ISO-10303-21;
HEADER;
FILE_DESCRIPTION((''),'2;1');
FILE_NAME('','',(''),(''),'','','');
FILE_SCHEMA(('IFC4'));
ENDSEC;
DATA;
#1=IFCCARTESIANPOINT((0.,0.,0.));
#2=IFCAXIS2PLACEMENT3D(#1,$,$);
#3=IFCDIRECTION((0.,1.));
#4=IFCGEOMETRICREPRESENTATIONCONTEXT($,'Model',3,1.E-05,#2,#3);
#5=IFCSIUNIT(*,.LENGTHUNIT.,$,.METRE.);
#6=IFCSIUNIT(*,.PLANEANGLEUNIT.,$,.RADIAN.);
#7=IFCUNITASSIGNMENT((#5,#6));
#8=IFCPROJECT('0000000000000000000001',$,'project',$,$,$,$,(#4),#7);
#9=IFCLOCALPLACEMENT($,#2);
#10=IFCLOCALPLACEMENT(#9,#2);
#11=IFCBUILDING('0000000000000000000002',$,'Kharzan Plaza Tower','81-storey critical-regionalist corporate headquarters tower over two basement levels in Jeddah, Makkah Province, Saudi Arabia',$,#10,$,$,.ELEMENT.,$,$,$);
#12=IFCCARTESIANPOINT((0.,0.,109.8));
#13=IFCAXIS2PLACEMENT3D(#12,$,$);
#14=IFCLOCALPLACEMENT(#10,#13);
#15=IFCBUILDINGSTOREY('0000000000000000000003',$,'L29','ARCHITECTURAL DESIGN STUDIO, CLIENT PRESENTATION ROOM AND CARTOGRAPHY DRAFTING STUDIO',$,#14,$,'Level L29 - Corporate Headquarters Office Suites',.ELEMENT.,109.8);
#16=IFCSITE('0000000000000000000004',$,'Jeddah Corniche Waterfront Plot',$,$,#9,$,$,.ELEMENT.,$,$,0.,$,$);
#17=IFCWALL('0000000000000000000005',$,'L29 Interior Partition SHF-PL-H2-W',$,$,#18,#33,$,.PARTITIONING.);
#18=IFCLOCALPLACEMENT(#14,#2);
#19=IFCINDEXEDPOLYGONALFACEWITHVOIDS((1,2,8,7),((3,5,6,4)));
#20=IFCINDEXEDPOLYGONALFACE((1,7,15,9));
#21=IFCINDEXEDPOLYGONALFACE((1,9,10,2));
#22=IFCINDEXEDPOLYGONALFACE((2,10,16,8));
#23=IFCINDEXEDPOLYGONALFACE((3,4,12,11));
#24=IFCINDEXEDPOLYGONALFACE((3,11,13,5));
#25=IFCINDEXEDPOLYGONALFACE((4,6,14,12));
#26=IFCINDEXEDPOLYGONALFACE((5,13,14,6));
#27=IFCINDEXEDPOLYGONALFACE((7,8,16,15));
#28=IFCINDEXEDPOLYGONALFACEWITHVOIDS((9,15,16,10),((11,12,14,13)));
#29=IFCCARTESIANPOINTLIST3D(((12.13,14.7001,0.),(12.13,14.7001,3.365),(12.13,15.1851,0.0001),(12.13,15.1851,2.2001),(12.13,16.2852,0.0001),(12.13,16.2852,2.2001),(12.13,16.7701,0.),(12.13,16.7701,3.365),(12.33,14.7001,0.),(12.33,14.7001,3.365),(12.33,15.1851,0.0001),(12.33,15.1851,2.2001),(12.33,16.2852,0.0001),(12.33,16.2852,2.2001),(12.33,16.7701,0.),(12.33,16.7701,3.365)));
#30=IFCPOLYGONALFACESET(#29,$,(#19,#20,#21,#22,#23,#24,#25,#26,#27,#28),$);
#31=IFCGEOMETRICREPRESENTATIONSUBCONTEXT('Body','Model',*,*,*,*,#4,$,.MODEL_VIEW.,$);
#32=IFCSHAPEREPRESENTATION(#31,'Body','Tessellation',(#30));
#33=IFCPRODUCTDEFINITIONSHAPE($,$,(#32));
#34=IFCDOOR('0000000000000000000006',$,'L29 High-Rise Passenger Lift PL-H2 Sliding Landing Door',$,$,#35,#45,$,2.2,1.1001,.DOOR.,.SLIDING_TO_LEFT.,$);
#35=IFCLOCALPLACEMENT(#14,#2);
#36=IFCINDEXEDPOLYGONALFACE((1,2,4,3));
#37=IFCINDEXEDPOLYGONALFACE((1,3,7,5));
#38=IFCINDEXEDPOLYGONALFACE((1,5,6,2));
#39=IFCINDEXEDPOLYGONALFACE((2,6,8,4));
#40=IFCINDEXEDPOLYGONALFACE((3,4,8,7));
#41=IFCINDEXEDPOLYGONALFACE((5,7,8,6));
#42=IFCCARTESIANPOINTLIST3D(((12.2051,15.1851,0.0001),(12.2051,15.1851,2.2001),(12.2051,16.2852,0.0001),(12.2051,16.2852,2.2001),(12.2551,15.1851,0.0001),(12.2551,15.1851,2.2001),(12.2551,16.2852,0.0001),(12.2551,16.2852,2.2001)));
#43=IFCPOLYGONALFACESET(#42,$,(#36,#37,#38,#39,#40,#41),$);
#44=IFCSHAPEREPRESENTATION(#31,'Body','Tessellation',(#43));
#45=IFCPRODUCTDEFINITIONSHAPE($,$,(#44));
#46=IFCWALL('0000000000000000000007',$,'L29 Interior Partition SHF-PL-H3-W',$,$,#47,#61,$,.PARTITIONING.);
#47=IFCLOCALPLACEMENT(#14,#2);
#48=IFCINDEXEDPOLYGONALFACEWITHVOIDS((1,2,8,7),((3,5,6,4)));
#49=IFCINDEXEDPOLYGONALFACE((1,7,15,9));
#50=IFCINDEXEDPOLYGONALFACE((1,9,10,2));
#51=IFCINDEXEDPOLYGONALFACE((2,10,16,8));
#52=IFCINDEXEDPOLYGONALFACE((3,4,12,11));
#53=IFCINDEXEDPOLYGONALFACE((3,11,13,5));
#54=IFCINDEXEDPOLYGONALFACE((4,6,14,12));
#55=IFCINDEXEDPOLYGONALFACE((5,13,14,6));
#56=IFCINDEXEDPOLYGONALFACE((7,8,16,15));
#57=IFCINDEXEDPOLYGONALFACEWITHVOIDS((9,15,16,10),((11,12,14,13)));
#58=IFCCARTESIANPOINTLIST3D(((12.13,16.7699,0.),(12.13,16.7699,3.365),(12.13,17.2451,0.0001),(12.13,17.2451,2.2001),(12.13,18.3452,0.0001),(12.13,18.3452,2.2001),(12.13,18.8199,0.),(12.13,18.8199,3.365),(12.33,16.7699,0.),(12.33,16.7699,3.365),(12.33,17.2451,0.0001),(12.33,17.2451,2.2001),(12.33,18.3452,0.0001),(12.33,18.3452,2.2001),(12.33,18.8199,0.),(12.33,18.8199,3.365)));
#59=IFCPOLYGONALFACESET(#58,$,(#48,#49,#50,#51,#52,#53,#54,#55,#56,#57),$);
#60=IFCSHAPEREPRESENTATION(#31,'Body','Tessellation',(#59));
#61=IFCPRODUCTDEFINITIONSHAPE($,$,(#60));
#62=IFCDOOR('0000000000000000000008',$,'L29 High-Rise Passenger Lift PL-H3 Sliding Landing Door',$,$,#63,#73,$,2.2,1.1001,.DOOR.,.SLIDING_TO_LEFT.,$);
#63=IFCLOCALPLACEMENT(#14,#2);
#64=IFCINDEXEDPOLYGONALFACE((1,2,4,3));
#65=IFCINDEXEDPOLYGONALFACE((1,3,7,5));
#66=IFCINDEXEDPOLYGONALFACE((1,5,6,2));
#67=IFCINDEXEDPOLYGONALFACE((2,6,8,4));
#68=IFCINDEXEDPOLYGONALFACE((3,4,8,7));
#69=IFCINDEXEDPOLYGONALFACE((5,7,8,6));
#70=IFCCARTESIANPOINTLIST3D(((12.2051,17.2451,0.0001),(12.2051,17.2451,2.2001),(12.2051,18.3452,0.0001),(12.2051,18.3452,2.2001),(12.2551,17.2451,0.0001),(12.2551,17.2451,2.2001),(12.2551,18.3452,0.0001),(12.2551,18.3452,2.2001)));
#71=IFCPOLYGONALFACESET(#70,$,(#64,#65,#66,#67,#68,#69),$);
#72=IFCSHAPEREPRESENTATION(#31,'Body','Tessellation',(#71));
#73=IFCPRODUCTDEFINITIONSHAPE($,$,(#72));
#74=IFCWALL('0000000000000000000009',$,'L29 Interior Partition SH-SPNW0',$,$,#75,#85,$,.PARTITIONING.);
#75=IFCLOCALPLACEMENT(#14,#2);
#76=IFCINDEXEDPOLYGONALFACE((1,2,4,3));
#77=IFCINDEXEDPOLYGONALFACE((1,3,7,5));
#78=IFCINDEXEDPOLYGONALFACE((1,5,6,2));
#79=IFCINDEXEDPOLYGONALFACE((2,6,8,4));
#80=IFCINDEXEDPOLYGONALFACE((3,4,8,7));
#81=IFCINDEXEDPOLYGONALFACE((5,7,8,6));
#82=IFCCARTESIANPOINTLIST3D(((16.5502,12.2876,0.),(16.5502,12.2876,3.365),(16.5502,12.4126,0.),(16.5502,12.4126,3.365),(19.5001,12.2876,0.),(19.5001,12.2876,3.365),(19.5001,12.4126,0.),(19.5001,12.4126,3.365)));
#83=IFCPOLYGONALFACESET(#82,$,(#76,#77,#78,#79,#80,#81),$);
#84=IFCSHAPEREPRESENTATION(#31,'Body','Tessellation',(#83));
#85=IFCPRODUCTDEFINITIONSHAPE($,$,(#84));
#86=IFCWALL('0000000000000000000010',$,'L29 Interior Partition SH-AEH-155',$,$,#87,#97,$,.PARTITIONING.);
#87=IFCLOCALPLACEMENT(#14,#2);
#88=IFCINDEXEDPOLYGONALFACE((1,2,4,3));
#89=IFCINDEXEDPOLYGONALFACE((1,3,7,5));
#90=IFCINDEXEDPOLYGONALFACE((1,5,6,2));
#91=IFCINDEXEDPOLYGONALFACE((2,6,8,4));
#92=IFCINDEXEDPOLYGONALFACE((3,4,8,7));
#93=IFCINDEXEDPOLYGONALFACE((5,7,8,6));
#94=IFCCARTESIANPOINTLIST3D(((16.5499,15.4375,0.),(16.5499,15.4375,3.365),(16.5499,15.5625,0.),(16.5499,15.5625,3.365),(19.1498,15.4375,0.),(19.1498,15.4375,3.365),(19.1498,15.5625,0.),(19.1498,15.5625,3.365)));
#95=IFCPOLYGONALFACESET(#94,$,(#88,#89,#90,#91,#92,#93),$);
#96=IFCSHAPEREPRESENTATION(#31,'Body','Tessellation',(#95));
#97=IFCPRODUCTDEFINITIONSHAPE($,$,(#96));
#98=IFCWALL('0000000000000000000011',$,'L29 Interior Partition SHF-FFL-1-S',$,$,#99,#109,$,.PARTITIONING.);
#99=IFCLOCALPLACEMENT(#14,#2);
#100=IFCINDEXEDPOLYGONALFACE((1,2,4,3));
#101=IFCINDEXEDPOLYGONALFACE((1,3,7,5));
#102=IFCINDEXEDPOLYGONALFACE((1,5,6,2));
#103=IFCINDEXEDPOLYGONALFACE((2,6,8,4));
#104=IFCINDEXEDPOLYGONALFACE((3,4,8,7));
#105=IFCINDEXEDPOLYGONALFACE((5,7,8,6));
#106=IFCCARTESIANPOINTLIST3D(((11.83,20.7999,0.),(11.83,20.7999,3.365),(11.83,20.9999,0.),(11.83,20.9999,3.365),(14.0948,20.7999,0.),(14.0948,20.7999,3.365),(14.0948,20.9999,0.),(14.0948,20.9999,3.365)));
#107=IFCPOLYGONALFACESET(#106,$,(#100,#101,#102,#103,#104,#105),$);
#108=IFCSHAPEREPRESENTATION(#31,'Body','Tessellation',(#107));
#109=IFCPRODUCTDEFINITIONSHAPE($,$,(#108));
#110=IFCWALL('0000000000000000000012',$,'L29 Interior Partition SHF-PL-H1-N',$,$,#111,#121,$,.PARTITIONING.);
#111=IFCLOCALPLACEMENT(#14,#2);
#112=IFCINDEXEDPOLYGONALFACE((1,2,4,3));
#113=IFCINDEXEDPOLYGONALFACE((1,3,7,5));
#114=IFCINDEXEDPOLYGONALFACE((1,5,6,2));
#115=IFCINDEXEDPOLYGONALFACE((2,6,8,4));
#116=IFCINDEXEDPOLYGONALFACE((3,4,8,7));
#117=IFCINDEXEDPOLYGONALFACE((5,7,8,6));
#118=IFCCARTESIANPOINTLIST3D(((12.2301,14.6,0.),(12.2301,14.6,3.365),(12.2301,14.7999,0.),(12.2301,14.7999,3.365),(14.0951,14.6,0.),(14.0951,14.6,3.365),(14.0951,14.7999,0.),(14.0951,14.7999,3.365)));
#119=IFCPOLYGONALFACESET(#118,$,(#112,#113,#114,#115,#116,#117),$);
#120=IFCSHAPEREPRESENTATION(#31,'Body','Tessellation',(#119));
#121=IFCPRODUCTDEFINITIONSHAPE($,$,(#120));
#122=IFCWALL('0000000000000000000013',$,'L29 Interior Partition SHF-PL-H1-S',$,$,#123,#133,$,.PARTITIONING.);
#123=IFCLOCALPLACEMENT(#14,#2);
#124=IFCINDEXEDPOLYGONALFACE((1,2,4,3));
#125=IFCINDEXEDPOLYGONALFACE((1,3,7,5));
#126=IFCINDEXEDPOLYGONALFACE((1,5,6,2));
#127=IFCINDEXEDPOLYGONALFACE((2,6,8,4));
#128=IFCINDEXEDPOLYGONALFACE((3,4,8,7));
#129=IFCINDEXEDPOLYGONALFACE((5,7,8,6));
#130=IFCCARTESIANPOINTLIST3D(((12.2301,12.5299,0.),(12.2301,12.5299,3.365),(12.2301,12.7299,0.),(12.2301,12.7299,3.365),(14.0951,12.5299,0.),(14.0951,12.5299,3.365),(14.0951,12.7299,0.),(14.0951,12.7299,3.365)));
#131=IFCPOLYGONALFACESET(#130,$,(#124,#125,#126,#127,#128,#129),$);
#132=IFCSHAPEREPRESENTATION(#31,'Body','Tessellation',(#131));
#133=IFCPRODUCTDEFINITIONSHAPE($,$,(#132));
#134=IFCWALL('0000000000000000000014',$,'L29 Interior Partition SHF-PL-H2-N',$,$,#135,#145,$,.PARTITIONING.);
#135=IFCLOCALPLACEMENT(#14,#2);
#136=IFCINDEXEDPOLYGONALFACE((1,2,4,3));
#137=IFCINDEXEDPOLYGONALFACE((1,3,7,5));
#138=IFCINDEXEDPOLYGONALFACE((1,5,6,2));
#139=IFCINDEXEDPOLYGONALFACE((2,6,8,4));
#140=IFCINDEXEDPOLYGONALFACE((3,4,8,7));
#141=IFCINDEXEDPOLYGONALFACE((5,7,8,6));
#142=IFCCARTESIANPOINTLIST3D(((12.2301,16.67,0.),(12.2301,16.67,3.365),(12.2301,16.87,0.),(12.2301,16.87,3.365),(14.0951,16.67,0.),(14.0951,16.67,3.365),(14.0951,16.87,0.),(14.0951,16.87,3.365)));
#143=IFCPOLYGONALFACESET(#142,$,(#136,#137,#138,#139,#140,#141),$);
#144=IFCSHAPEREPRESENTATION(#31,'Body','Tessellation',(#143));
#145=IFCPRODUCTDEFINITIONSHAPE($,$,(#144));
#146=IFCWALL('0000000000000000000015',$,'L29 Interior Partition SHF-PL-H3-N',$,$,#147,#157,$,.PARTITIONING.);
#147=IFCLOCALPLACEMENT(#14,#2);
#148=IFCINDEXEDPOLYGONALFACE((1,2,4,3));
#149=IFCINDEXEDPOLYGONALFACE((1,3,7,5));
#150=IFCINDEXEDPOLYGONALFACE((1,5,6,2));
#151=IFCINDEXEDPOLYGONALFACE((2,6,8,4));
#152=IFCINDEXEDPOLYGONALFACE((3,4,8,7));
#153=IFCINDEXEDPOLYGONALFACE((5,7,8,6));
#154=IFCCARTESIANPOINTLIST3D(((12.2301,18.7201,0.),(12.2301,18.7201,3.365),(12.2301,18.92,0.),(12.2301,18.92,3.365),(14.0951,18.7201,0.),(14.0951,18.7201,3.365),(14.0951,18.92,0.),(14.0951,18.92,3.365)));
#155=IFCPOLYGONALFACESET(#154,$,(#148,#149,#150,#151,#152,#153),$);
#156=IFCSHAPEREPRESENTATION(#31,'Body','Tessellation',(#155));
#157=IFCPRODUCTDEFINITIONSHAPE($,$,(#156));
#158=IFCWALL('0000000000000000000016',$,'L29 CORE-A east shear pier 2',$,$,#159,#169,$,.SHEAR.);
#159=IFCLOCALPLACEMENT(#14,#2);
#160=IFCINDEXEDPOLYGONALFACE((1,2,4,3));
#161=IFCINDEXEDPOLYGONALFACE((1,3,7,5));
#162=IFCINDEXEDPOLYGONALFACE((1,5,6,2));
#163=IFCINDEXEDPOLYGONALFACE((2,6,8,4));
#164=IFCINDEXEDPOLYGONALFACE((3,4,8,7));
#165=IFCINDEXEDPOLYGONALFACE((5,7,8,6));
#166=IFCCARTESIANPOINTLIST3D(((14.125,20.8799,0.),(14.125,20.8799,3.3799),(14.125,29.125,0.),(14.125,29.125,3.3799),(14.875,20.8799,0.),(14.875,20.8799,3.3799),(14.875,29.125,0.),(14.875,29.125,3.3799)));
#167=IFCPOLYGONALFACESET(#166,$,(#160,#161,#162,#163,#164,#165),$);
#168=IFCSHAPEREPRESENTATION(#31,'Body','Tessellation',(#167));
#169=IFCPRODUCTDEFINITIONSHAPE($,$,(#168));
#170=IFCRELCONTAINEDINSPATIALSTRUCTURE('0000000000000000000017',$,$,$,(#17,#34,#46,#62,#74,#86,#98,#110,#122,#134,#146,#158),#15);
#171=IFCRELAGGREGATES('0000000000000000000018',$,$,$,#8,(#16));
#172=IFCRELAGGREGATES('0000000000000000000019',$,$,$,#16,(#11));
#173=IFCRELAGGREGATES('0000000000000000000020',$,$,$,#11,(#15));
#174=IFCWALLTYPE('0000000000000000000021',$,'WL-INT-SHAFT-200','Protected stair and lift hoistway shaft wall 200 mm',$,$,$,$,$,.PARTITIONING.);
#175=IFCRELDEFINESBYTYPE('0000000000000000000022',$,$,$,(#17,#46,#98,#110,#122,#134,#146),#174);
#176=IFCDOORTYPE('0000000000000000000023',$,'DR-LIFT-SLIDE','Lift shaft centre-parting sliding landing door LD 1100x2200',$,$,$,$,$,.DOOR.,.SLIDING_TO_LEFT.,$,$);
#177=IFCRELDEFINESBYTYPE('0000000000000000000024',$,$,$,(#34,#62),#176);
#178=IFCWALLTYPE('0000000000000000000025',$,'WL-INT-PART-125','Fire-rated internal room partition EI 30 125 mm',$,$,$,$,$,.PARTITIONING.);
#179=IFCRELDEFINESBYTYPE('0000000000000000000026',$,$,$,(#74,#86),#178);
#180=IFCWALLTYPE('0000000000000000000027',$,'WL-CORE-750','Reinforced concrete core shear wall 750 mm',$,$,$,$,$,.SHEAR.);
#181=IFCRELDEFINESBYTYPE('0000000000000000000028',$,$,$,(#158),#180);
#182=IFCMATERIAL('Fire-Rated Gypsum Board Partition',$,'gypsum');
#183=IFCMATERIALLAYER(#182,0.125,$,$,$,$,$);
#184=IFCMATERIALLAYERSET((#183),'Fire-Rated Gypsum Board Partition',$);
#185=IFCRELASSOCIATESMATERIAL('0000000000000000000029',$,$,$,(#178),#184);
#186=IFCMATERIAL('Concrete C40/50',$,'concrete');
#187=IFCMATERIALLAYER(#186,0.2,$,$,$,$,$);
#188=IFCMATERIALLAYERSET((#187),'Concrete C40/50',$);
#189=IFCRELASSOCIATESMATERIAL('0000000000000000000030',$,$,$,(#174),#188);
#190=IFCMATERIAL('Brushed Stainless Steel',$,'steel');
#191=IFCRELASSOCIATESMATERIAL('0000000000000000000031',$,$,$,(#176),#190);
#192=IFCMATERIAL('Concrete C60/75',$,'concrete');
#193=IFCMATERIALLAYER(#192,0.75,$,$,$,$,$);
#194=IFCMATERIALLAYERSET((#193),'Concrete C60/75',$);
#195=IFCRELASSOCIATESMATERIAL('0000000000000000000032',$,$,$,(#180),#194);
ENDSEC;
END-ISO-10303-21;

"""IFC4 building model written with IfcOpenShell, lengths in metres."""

from ifc_helpers import new_model, si_unit, direction, frame, frame_2d, origin, place, context, subcontext, project, spatial, rectangle, extrude, source, transform, mapped, material, layer, layer_set, type_object, element, fill, save


model = new_model("IFC4")

# Units and contexts
model_context = context("Model", 3, precision=1e-05, world=origin(), true_north=direction((0.0, 1.0)))
body_context = subcontext(model_context, "Body", "Model", "MODEL_VIEW")
ifc_project = project(units=[si_unit("LENGTHUNIT", "METRE"), si_unit("PLANEANGLEUNIT", "RADIAN")], contexts=[model_context])

# Site, building, storey
site_placement = place(None, origin())
site = spatial("IfcSite", under=ifc_project, at=site_placement, Name="Jeddah Corniche Waterfront Plot", CompositionType="ELEMENT", RefElevation=0.0)
building_placement = place(site_placement, origin())
building = spatial("IfcBuilding", under=site, at=building_placement, Name="Kharzan Plaza Tower", Description="81-storey critical-regionalist corporate headquarters tower over two basement levels in Jeddah, Makkah Province, Saudi Arabia", CompositionType="ELEMENT")
storey_placement = place(building_placement, frame((0.0, 0.0, 109.8)))
storey = spatial("IfcBuildingStorey", under=building, at=storey_placement, Name="L29", Description="ARCHITECTURAL DESIGN STUDIO, CLIENT PRESENTATION ROOM AND CARTOGRAPHY DRAFTING STUDIO", LongName="Level L29 - Corporate Headquarters Office Suites", CompositionType="ELEMENT", Elevation=109.8)

# Shared definitions
ifc_material_1 = material(Name="Concrete C60/75", Category="concrete")

# Walls, openings, doors
ifc_material_2 = material(Name="Fire-Rated Gypsum Board Partition", Category="gypsum")
ifc_layer_1 = layer(ifc_material_2, 0.125)
ifc_layer_set_1 = layer_set([ifc_layer_1], Name="Fire-Rated Gypsum Board Partition")
wall_type_1 = type_object("IfcWallType", Name="WL-INT-PART-125", Description="Fire-rated internal room partition EI 30 125 mm", PredefinedType="PARTITIONING", material=ifc_layer_set_1)
ifc_material_3 = material(Name="Concrete C40/50", Category="concrete")
ifc_layer_2 = layer(ifc_material_3, 0.2)
ifc_layer_set_2 = layer_set([ifc_layer_2], Name="Concrete C40/50")
wall_type_2 = type_object("IfcWallType", Name="WL-INT-SHAFT-200", Description="Protected stair and lift hoistway shaft wall 200 mm", PredefinedType="PARTITIONING", material=ifc_layer_set_2)
ifc_material_4 = material(Name="Brushed Stainless Steel", Category="steel")
door_type_1 = type_object("IfcDoorType", Name="DR-LIFT-SLIDE", Description="Lift shaft centre-parting sliding landing door LD 1100x2200", OperationType="SLIDING_TO_LEFT", PredefinedType="DOOR", material=ifc_material_4)
shared_shape_1 = source(origin(), body_context, "Body", "SweptSolid", [
    extrude(rectangle(XDim=1.1001, YDim=2.2, at=frame_2d((0.55, 1.1001))), frame((0.0, 0.0249, 0.0), z_axis=(0.0, -1.0, 0.0), x_axis=(1.0, 0.0, 0.0)), (0.0, 0.0, 1.0), 0.05),
])
wall_1_placement = place(storey_placement, frame((12.23, 14.7, 0.0), z_axis=(0.0, 0.0, 1.0), x_axis=(0.0, 1.0, 0.0)))
wall_1 = element("IfcWall", 1, at=wall_1_placement, inside=storey, type_object=wall_type_2, Name="L29 Interior Partition SHF-PL-H2-W", PredefinedType="PARTITIONING", context=body_context, shape_type="SweptSolid", body=[
    extrude(rectangle(XDim=2.0701, YDim=0.2, at=frame_2d((1.0352, 0.0))), origin(), (0.0, 0.0, 1.0), 3.365),
])
opening_1_placement = place(wall_1_placement, frame((0.4851, 0.0, 0.0)))
opening_1 = element("IfcOpeningElement", 2, at=opening_1_placement, cuts=wall_1, PredefinedType="OPENING", context=body_context, shape_type="SweptSolid", body=[
    extrude(rectangle(XDim=1.1001, YDim=2.2, at=frame_2d((0.55, 1.1001))), frame((0.0, 0.1099, 0.0), z_axis=(0.0, -1.0, 0.0), x_axis=(1.0, 0.0, 0.0)), (0.0, 0.0, 1.0), 0.22),
])
door_1_placement = place(opening_1_placement, origin())
door_1 = element("IfcDoor", 3, at=door_1_placement, inside=storey, type_object=door_type_1, Name="L29 High-Rise Passenger Lift PL-H2 Sliding Landing Door", OperationType="SLIDING_TO_LEFT", OverallHeight=2.2, OverallWidth=1.1001, PredefinedType="DOOR", context=body_context, shape_type="MappedRepresentation", body=[
    mapped(shared_shape_1, transform((0.0, 0.0, 0.0), x_axis=(1.0, 0.0, 0.0), y_axis=(0.0, 1.0, 0.0), z_axis=(0.0, 0.0, 1.0))),
])
fill(opening_1, door_1)
wall_2_placement = place(storey_placement, frame((12.23, 16.77, 0.0), z_axis=(0.0, 0.0, 1.0), x_axis=(0.0, 1.0, 0.0)))
wall_2 = element("IfcWall", 4, at=wall_2_placement, inside=storey, type_object=wall_type_2, Name="L29 Interior Partition SHF-PL-H3-W", PredefinedType="PARTITIONING", context=body_context, shape_type="SweptSolid", body=[
    extrude(rectangle(XDim=2.05, YDim=0.2, at=frame_2d((1.0249, 0.0))), origin(), (0.0, 0.0, 1.0), 3.365),
])
opening_2_placement = place(wall_2_placement, frame((0.4751, 0.0, 0.0)))
opening_2 = element("IfcOpeningElement", 5, at=opening_2_placement, cuts=wall_2, PredefinedType="OPENING", context=body_context, shape_type="SweptSolid", body=[
    extrude(rectangle(XDim=1.1001, YDim=2.2, at=frame_2d((0.55, 1.1001))), frame((0.0, 0.1099, 0.0), z_axis=(0.0, -1.0, 0.0), x_axis=(1.0, 0.0, 0.0)), (0.0, 0.0, 1.0), 0.22),
])
door_2_placement = place(opening_2_placement, origin())
door_2 = element("IfcDoor", 6, at=door_2_placement, inside=storey, type_object=door_type_1, Name="L29 High-Rise Passenger Lift PL-H3 Sliding Landing Door", OperationType="SLIDING_TO_LEFT", OverallHeight=2.2, OverallWidth=1.1001, PredefinedType="DOOR", context=body_context, shape_type="MappedRepresentation", body=[
    mapped(shared_shape_1, transform((0.0, 0.0, 0.0), x_axis=(1.0, 0.0, 0.0), y_axis=(0.0, 1.0, 0.0), z_axis=(0.0, 0.0, 1.0))),
])
fill(opening_2, door_2)

# Walls
shared_shape_2 = source(origin(), body_context, "Body", "SweptSolid", [
    extrude(rectangle(XDim=2.95, YDim=0.125, at=frame_2d((1.4751, 0.0))), origin(), (0.0, 0.0, 1.0), 3.365),
])
wall_3_placement = place(storey_placement, frame((16.55, 12.3501, 0.0), z_axis=(0.0, 0.0, 1.0), x_axis=(1.0, 0.0, 0.0)))
element("IfcWall", 7, at=wall_3_placement, inside=storey, type_object=wall_type_1, Name="L29 Interior Partition SH-SPNW0", PredefinedType="PARTITIONING", context=body_context, shape_type="MappedRepresentation", body=[
    mapped(shared_shape_2, transform((0.0, 0.0, 0.0), x_axis=(1.0, 0.0, 0.0), y_axis=(0.0, 1.0, 0.0), z_axis=(0.0, 0.0, 1.0))),
])
shared_shape_3 = source(origin(), body_context, "Body", "SweptSolid", [
    extrude(rectangle(XDim=2.5999, YDim=0.125, at=frame_2d((1.2998, 0.0))), origin(), (0.0, 0.0, 1.0), 3.365),
])
wall_4_placement = place(storey_placement, frame((16.55, 15.5, 0.0), z_axis=(0.0, 0.0, 1.0), x_axis=(1.0, 0.0, 0.0)))
element("IfcWall", 8, at=wall_4_placement, inside=storey, type_object=wall_type_1, Name="L29 Interior Partition SH-AEH-155", PredefinedType="PARTITIONING", context=body_context, shape_type="MappedRepresentation", body=[
    mapped(shared_shape_3, transform((0.0, 0.0, 0.0), x_axis=(1.0, 0.0, 0.0), y_axis=(0.0, 1.0, 0.0), z_axis=(0.0, 0.0, 1.0))),
])
shared_shape_4 = source(origin(), body_context, "Body", "SweptSolid", [
    extrude(rectangle(XDim=2.2649, YDim=0.2, at=frame_2d((1.1323, 0.0))), origin(), (0.0, 0.0, 1.0), 3.365),
])
wall_5_placement = place(storey_placement, frame((11.8301, 20.8999, 0.0), z_axis=(0.0, 0.0, 1.0), x_axis=(1.0, 0.0, 0.0)))
element("IfcWall", 9, at=wall_5_placement, inside=storey, type_object=wall_type_2, Name="L29 Interior Partition SHF-FFL-1-S", PredefinedType="PARTITIONING", context=body_context, shape_type="MappedRepresentation", body=[
    mapped(shared_shape_4, transform((0.0, 0.0, 0.0), x_axis=(1.0, 0.0, 0.0), y_axis=(0.0, 1.0, 0.0), z_axis=(0.0, 0.0, 1.0))),
])
shared_shape_5 = source(origin(), body_context, "Body", "SweptSolid", [
    extrude(rectangle(XDim=1.865, YDim=0.2, at=frame_2d((0.9326, 0.0))), origin(), (0.0, 0.0, 1.0), 3.365),
])
for number, where, z_axis, x_axis, name in (
    (10, (12.23, 14.7, 0.0), (0.0, 0.0, 1.0), (1.0, 0.0, 0.0), "L29 Interior Partition SHF-PL-H1-N"),
    (11, (12.23, 12.6299, 0.0), (0.0, 0.0, 1.0), (1.0, 0.0, 0.0), "L29 Interior Partition SHF-PL-H1-S"),
    (12, (12.23, 16.77, 0.0), (0.0, 0.0, 1.0), (1.0, 0.0, 0.0), "L29 Interior Partition SHF-PL-H2-N"),
    (13, (12.23, 18.8201, 0.0), (0.0, 0.0, 1.0), (1.0, 0.0, 0.0), "L29 Interior Partition SHF-PL-H3-N"),
):
    element("IfcWall", number, at=place(storey_placement, frame(where, z_axis=z_axis, x_axis=x_axis)), inside=storey, type_object=wall_type_2, Name=name, PredefinedType="PARTITIONING", context=body_context, shape_type="MappedRepresentation", body=[
        mapped(shared_shape_5, transform((0.0, 0.0, 0.0), x_axis=(1.0, 0.0, 0.0), y_axis=(0.0, 1.0, 0.0), z_axis=(0.0, 0.0, 1.0))),
    ])
ifc_layer_3 = layer(ifc_material_1, 0.75)
ifc_layer_set_3 = layer_set([ifc_layer_3], Name="Concrete C60/75")
wall_type_3 = type_object("IfcWallType", Name="WL-CORE-750", Description="Reinforced concrete core shear wall 750 mm", PredefinedType="SHEAR", material=ifc_layer_set_3)
shared_shape_6 = source(origin(), body_context, "Body", "SweptSolid", [
    extrude(rectangle(XDim=8.2451, YDim=0.75, at=frame_2d((4.1226, 0.0))), origin(), (0.0, 0.0, 1.0), 3.3799),
])
wall_6_placement = place(storey_placement, frame((14.5, 20.8799, 0.0), z_axis=(0.0, 0.0, 1.0), x_axis=(0.0, 1.0, 0.0)))
element("IfcWall", 14, at=wall_6_placement, inside=storey, type_object=wall_type_3, Name="L29 CORE-A east shear pier 2", PredefinedType="SHEAR", context=body_context, shape_type="MappedRepresentation", body=[
    mapped(shared_shape_6, transform((0.0, 0.0, 0.0), x_axis=(1.0, 0.0, 0.0), y_axis=(0.0, 1.0, 0.0), z_axis=(0.0, 0.0, 1.0))),
])

save(model, "model.ifc")
